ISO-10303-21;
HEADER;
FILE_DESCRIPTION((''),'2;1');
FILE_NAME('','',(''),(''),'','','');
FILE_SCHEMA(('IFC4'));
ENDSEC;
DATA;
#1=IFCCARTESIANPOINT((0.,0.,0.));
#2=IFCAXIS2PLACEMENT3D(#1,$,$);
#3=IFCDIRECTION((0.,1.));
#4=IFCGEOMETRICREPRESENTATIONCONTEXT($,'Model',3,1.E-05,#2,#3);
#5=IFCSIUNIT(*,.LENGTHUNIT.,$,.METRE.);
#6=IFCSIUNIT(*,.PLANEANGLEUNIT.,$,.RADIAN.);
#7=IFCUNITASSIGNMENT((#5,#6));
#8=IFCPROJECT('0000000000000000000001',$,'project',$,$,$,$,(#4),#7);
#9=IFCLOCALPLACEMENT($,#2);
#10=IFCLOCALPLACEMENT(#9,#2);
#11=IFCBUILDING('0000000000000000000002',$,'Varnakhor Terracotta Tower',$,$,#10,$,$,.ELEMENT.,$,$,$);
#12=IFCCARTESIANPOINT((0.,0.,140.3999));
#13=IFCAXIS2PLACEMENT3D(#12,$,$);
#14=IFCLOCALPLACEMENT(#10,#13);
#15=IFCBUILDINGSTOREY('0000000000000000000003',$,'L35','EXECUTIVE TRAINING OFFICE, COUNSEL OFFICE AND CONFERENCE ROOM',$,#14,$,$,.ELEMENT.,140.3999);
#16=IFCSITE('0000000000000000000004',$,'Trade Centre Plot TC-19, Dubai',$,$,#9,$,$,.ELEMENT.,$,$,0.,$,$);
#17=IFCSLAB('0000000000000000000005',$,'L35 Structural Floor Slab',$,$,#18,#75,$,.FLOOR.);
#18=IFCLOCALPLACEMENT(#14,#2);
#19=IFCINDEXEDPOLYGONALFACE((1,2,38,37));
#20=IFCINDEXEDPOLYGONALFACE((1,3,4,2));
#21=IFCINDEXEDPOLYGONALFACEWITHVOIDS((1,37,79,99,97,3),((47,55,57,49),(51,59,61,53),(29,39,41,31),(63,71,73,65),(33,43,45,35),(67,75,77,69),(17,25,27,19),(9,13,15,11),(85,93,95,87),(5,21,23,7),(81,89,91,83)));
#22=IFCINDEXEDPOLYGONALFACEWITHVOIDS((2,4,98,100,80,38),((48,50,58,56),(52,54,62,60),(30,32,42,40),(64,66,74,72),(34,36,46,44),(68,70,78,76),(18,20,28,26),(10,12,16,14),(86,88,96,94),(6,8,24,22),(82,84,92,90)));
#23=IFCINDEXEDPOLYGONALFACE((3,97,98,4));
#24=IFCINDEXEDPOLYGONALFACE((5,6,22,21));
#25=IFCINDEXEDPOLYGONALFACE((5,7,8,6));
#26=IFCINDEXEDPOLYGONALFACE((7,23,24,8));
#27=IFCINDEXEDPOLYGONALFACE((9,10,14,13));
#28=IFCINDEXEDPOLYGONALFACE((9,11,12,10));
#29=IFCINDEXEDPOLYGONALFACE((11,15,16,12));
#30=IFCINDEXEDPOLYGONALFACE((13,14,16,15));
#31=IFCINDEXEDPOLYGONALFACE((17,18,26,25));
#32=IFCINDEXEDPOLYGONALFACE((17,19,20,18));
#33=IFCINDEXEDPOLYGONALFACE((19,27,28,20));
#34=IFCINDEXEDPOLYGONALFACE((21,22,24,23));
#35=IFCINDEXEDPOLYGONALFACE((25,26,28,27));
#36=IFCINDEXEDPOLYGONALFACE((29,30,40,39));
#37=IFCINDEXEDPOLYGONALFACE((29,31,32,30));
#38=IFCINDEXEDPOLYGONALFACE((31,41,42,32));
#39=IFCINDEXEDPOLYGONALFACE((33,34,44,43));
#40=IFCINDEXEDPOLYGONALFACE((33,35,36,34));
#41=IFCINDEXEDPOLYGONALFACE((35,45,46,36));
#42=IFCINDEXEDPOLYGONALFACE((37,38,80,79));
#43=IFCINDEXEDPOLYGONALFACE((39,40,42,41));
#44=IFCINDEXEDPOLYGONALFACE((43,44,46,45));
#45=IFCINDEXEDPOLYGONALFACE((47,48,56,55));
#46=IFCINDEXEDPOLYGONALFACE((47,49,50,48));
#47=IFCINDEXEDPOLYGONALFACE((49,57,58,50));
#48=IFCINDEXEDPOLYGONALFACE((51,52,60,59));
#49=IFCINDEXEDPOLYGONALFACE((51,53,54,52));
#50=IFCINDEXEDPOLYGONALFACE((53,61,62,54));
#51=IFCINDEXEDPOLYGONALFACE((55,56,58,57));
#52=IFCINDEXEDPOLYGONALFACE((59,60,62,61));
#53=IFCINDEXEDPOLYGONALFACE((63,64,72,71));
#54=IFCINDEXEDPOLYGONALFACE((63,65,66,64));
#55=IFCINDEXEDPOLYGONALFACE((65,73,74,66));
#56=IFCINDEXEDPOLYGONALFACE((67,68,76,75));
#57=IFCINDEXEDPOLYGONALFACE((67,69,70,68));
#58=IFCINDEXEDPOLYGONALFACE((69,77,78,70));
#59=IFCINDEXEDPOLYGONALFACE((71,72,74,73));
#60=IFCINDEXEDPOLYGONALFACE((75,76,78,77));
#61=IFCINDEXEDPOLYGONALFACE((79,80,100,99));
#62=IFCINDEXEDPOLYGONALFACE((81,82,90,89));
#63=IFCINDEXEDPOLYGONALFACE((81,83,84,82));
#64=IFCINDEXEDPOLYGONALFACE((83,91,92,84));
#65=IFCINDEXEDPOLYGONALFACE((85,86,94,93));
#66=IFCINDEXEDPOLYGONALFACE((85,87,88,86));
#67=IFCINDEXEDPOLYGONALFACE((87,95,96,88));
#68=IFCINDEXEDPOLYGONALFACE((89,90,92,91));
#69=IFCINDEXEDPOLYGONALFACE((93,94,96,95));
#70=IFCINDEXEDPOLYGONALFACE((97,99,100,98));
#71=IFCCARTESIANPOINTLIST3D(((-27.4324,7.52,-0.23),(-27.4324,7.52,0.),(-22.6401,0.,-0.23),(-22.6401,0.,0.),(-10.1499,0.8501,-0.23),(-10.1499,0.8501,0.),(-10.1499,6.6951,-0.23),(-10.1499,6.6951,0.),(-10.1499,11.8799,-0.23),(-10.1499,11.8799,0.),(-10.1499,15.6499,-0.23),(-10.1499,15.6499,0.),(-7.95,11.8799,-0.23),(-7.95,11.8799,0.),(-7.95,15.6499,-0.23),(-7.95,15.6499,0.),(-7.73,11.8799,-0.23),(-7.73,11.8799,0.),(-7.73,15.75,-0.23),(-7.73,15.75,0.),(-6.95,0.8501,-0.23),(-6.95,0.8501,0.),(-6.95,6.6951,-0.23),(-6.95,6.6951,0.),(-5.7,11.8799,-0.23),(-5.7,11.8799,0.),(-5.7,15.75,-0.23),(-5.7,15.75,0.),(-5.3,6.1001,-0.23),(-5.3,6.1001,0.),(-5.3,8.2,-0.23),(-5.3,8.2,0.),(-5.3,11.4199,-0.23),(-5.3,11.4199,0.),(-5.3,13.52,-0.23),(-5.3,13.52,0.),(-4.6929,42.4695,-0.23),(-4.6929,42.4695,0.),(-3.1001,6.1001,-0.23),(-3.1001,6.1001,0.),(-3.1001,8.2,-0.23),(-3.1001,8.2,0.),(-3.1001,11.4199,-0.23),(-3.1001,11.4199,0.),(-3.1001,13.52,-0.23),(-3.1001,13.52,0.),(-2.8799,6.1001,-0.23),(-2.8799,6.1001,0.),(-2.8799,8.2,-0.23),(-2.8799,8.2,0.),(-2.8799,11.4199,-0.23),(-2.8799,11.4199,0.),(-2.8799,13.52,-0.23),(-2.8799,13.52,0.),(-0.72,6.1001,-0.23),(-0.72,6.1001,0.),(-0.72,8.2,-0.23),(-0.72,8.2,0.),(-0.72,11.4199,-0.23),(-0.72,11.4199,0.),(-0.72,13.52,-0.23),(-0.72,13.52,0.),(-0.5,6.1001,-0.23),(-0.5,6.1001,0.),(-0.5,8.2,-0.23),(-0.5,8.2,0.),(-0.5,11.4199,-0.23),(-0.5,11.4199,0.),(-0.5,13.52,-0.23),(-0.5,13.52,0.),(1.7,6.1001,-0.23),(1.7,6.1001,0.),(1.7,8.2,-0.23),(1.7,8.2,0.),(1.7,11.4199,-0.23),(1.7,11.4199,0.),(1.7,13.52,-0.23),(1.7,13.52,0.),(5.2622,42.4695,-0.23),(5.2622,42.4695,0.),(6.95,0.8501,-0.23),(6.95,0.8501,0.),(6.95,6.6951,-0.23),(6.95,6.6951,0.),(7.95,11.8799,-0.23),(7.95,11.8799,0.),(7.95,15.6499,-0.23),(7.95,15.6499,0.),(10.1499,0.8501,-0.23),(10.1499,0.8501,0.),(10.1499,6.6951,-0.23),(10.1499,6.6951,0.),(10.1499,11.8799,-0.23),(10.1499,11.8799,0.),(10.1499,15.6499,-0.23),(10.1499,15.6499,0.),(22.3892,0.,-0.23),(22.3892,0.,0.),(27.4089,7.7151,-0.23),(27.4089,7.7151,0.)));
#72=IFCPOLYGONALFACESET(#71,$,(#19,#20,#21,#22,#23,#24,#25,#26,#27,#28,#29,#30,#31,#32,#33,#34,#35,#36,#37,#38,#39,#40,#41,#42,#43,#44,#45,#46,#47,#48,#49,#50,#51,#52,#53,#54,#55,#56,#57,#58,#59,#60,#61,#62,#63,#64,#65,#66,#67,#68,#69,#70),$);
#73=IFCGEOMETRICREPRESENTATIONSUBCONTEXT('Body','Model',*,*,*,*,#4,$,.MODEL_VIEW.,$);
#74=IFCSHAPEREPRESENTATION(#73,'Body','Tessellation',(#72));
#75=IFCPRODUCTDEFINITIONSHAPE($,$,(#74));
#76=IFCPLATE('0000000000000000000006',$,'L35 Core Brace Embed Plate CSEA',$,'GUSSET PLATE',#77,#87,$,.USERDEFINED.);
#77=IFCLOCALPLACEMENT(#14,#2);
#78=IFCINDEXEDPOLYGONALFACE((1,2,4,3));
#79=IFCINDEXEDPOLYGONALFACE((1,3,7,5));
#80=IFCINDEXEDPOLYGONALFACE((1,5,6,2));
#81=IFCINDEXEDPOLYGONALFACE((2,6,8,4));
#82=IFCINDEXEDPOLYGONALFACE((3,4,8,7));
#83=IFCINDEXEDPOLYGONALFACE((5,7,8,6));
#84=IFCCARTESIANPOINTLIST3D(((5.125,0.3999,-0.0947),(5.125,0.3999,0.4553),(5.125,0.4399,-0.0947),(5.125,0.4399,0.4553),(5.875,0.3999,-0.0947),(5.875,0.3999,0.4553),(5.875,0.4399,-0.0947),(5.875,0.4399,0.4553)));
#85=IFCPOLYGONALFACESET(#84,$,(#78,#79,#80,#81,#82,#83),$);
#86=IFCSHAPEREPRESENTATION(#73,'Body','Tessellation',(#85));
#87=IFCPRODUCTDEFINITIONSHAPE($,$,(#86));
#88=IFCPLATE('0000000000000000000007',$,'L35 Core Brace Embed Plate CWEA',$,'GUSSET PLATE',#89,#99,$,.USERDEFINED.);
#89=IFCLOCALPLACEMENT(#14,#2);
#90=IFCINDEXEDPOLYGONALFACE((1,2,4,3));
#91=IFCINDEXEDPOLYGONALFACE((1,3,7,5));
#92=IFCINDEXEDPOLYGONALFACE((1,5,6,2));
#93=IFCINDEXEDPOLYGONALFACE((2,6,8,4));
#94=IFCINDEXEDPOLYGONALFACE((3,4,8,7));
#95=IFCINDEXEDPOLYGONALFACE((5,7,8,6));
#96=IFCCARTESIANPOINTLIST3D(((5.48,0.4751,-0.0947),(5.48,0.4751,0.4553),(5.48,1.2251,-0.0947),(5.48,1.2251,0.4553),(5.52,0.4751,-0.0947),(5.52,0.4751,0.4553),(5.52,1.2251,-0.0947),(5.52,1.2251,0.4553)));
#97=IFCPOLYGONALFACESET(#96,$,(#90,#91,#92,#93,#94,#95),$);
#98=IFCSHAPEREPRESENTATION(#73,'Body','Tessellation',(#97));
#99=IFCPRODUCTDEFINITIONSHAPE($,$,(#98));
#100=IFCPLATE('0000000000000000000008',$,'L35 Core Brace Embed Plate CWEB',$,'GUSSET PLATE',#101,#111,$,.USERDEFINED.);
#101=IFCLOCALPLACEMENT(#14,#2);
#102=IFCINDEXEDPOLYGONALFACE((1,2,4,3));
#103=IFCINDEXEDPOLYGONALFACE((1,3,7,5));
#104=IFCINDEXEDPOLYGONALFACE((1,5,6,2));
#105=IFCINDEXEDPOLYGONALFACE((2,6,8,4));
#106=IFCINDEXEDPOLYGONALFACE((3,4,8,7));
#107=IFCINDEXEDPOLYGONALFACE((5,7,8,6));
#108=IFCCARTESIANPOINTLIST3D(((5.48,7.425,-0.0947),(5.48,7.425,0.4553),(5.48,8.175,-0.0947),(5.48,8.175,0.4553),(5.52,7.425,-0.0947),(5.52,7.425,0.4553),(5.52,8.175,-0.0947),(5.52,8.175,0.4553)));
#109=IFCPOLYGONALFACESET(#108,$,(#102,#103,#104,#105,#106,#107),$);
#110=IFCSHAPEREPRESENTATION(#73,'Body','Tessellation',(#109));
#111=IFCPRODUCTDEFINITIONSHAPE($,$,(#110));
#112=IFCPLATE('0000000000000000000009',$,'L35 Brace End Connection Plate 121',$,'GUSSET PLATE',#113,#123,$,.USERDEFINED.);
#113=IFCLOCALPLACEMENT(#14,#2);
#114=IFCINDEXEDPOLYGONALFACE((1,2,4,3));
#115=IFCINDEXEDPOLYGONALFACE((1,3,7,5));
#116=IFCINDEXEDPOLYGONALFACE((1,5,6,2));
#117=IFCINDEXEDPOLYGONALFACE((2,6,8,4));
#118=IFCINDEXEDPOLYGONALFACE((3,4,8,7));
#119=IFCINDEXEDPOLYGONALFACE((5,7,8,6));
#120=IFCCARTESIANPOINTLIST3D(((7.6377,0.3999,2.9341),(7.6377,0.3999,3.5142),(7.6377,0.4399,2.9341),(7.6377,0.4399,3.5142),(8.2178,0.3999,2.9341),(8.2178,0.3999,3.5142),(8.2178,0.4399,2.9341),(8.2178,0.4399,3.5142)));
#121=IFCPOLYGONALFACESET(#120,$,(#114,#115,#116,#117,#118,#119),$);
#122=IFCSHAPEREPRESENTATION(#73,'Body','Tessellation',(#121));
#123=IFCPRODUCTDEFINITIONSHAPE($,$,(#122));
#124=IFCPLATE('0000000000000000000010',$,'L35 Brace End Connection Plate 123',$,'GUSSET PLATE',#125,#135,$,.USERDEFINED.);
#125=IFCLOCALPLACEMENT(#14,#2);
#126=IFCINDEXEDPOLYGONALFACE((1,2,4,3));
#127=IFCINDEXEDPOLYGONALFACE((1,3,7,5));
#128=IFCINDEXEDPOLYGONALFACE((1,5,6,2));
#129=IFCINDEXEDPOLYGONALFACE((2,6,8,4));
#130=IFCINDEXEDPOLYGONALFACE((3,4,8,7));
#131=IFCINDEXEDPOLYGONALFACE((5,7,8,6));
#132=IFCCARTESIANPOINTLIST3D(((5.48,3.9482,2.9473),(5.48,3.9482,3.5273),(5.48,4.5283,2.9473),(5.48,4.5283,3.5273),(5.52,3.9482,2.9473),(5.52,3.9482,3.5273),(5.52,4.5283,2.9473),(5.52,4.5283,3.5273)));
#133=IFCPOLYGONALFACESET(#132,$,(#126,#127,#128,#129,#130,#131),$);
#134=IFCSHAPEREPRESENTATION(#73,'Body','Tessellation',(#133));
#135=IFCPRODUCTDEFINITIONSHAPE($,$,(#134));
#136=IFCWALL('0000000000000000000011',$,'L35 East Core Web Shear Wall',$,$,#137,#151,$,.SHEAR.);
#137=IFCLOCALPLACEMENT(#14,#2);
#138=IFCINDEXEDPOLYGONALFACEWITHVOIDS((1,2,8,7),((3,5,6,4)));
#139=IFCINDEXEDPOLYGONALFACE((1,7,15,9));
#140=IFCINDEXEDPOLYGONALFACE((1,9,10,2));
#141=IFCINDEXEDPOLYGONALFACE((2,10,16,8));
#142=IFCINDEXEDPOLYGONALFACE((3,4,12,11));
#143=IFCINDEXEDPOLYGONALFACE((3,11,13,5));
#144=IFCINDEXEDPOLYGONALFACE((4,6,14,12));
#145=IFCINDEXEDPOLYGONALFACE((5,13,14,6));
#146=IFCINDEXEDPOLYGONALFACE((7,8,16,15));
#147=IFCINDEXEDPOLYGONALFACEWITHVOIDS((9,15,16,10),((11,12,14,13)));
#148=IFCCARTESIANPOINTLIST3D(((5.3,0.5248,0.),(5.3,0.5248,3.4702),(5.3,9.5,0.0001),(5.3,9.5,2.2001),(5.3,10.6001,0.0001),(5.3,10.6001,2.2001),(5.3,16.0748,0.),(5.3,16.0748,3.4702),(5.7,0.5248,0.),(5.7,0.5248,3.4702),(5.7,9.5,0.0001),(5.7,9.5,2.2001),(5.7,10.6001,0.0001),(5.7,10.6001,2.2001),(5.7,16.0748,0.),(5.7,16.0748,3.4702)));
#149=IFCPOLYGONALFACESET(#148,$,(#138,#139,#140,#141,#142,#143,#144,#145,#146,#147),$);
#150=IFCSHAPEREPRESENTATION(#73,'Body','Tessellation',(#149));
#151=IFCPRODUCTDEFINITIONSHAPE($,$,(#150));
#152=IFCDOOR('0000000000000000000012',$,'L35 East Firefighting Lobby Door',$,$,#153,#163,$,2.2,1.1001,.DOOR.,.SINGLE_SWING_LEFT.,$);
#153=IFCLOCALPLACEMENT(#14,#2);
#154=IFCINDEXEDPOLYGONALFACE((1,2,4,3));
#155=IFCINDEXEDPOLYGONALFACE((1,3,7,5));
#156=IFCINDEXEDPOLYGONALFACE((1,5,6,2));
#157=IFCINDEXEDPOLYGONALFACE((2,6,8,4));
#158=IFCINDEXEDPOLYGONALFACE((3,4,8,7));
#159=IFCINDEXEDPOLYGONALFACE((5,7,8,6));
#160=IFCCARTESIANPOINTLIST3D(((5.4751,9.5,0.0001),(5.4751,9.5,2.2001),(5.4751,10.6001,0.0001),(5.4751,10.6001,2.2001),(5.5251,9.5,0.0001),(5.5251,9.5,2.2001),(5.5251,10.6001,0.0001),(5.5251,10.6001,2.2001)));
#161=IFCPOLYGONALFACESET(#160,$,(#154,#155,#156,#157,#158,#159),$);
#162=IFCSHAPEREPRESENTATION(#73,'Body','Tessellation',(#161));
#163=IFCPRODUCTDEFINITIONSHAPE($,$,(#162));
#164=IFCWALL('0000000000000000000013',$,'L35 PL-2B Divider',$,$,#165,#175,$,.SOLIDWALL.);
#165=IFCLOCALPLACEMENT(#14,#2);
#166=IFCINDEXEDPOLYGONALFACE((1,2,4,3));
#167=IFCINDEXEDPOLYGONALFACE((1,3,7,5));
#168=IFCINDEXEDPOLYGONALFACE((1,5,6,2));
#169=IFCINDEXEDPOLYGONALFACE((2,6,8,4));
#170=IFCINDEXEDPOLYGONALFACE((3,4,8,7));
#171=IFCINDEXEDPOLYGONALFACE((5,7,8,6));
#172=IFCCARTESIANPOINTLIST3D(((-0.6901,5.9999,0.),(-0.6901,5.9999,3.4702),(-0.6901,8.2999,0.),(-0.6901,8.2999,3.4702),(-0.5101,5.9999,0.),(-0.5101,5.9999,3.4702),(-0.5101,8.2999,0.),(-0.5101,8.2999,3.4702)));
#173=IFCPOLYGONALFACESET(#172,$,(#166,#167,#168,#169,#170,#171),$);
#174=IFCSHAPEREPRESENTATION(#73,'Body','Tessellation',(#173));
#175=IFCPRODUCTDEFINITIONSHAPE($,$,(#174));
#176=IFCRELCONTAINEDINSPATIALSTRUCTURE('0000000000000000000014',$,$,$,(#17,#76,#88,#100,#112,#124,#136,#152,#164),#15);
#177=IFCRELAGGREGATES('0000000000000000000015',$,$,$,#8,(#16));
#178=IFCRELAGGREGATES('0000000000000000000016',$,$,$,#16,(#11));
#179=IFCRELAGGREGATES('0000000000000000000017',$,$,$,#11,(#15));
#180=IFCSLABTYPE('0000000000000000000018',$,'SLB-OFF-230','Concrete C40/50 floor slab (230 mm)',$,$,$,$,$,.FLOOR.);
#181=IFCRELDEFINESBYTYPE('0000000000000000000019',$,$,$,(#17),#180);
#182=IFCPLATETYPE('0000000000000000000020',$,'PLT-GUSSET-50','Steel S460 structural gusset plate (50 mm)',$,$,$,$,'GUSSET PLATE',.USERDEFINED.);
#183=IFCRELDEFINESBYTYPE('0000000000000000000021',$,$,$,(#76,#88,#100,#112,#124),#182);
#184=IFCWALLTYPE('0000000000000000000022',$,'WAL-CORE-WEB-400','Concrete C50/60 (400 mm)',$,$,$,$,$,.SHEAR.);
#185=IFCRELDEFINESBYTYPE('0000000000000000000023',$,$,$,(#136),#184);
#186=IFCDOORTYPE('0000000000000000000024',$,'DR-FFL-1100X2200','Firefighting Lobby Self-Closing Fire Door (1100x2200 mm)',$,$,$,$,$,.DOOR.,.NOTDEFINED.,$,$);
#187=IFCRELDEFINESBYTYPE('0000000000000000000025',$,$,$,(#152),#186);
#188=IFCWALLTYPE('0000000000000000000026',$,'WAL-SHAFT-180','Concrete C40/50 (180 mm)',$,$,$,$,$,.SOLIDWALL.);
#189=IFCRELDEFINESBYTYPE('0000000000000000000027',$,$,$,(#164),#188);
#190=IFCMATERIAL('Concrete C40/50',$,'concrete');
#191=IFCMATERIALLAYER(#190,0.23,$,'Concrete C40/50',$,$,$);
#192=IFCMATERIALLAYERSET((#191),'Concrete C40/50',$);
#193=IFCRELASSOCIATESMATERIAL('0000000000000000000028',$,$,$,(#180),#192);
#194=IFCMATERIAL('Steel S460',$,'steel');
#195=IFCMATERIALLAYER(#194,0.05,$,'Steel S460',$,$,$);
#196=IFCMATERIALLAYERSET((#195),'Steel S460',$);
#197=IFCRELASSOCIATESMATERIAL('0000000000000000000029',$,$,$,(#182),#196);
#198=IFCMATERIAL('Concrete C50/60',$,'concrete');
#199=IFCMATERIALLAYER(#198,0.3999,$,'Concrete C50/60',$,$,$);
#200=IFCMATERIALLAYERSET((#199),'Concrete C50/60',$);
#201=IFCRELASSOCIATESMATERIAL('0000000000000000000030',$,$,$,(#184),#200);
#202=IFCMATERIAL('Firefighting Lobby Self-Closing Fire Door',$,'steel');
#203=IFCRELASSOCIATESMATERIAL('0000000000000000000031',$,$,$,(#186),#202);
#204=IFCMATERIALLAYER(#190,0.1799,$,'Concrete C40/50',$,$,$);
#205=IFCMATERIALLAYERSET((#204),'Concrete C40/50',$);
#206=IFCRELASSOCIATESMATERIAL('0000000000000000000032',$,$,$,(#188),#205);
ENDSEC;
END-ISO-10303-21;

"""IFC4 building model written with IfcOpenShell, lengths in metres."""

from ifc_helpers import new_model, si_unit, direction, frame, frame_2d, origin, origin_2d, place, context, subcontext, project, spatial, polyline, rectangle, outline, extrude, source, transform, mapped, material, layer, layer_set, type_object, type_shapes, element, fill, save


model = new_model("IFC4")

# Units and contexts
model_context = context("Model", 3, precision=1e-05, world=origin(), true_north=direction((0.0, 1.0)))
body_context = subcontext(model_context, "Body", "Model", "MODEL_VIEW")
ifc_project = project(units=[si_unit("LENGTHUNIT", "METRE"), si_unit("PLANEANGLEUNIT", "RADIAN")], contexts=[model_context])

# Site, building, storey
site_placement = place(None, origin())
site = spatial("IfcSite", under=ifc_project, at=site_placement, Name="Trade Centre Plot TC-19, Dubai", CompositionType="ELEMENT", RefElevation=0.0)
building_placement = place(site_placement, origin())
building = spatial("IfcBuilding", under=site, at=building_placement, Name="Varnakhor Terracotta Tower", CompositionType="ELEMENT")
storey_placement = place(building_placement, frame((0.0, 0.0, 140.3999)))
storey = spatial("IfcBuildingStorey", under=building, at=storey_placement, Name="L35", Description="EXECUTIVE TRAINING OFFICE, COUNSEL OFFICE AND CONFERENCE ROOM", CompositionType="ELEMENT", Elevation=140.3999)

# Shared definitions
ifc_material_1 = material(Name="Concrete C50/60", Category="concrete")

# Shared definitions
ifc_material_2 = material(Name="Steel S460", Category="steel")

# Shared definitions
ifc_material_3 = material(Name="Concrete C40/50", Category="concrete")

# Slab
ifc_layer_1 = layer(ifc_material_3, 0.23, Name="Concrete C40/50")
ifc_layer_set_1 = layer_set([ifc_layer_1], Name="Concrete C40/50")
slab_type_1 = type_object("IfcSlabType", Name="SLB-OFF-230", Description="Concrete C40/50 floor slab (230 mm)", PredefinedType="FLOOR", material=ifc_layer_set_1)
slab_1_placement = place(storey_placement, frame((0.0, 0.0, -0.23)))
element("IfcSlab", 1, at=slab_1_placement, inside=storey, type_object=slab_type_1, Name="L35 Structural Floor Slab", PredefinedType="FLOOR", context=body_context, shape_type="SweptSolid", body=[
    extrude(outline(polyline([(-27.4324, 7.52), (-4.6929, 42.4695), (5.2622, 42.4695), (27.4089, 7.7151), (22.3892, 0.0), (-22.6401, 0.0), (-27.4324, 7.52)]), holes=[polyline([(-6.95, 0.8501), (-6.95, 6.6951), (-10.1499, 6.6951), (-10.1499, 0.8501), (-6.95, 0.8501)]), polyline([(-3.1001, 6.1001), (-3.1001, 8.2), (-5.3, 8.2), (-5.3, 6.1001), (-3.1001, 6.1001)]), polyline([(-0.72, 6.1001), (-0.72, 8.2), (-2.8799, 8.2), (-2.8799, 6.1001), (-0.72, 6.1001)]), polyline([(-5.3, 11.4199), (-3.1001, 11.4199), (-3.1001, 13.52), (-5.3, 13.52), (-5.3, 11.4199)]), polyline([(-10.1499, 11.8799), (-7.95, 11.8799), (-7.95, 15.6499), (-10.1499, 15.6499), (-10.1499, 11.8799)]), polyline([(-5.7, 11.8799), (-5.7, 15.75), (-7.73, 15.75), (-7.73, 11.8799), (-5.7, 11.8799)]), polyline([(6.95, 0.8501), (10.1499, 0.8501), (10.1499, 6.6951), (6.95, 6.6951), (6.95, 0.8501)]), polyline([(-0.5, 6.1001), (1.7, 6.1001), (1.7, 8.2), (-0.5, 8.2), (-0.5, 6.1001)]), polyline([(-0.72, 11.4199), (-0.72, 13.52), (-2.8799, 13.52), (-2.8799, 11.4199), (-0.72, 11.4199)]), polyline([(-0.5, 11.4199), (1.7, 11.4199), (1.7, 13.52), (-0.5, 13.52), (-0.5, 11.4199)]), polyline([(7.95, 11.8799), (10.1499, 11.8799), (10.1499, 15.6499), (7.95, 15.6499), (7.95, 11.8799)])]), origin(), (0.0, 0.0, 1.0), 0.23),
])

# Plates
ifc_layer_2 = layer(ifc_material_2, 0.05, Name="Steel S460")
ifc_layer_set_2 = layer_set([ifc_layer_2], Name="Steel S460")
plate_type = type_object("IfcPlateType", Name="PLT-GUSSET-50", Description="Steel S460 structural gusset plate (50 mm)", ElementType="GUSSET PLATE", PredefinedType="USERDEFINED", material=ifc_layer_set_2)
shared_shape_1 = source(origin(), body_context, "Body", "SweptSolid", [
    extrude(rectangle(XDim=0.75, YDim=0.04, at=origin_2d()), origin(), (0.0, 0.0, 1.0), 0.55),
])
type_shapes(plate_type, [shared_shape_1])
for number, where, z_axis, x_axis, name in (
    (2, (5.5, 0.4199, -0.0947), (0.0, 0.0, 1.0), (1.0, 0.0, 0.0), "L35 Core Brace Embed Plate CSEA"),
    (3, (5.5, 0.8501, -0.0947), (0.0, 0.0, 1.0), (0.0, 1.0, 0.0), "L35 Core Brace Embed Plate CWEA"),
    (4, (5.5, 7.8, -0.0947), (0.0, 0.0, 1.0), (0.0, 1.0, 0.0), "L35 Core Brace Embed Plate CWEB"),
):
    element("IfcPlate", number, at=place(storey_placement, frame(where, z_axis=z_axis, x_axis=x_axis)), inside=storey, type_object=plate_type, Name=name, ObjectType="GUSSET PLATE", PredefinedType="USERDEFINED", context=body_context, shape_type="MappedRepresentation", body=[
        mapped(shared_shape_1, transform((0.0, 0.0, 0.0), scale=1.0)),
    ])
shared_shape_2 = source(origin(), body_context, "Body", "SweptSolid", [
    extrude(rectangle(XDim=0.5801, YDim=0.04, at=origin_2d()), origin(), (0.0, 0.0, 1.0), 0.5801),
])
for number, where, z_axis, x_axis, name in (
    (5, (7.9277, 0.4199, 2.9341), (0.0, 0.0, 1.0), (1.0, 0.0, 0.0), "L35 Brace End Connection Plate 121"),
    (6, (5.5, 4.2383, 2.9473), (0.0, 0.0, 1.0), (0.0, 1.0, 0.0), "L35 Brace End Connection Plate 123"),
):
    element("IfcPlate", number, at=place(storey_placement, frame(where, z_axis=z_axis, x_axis=x_axis)), inside=storey, type_object=plate_type, Name=name, ObjectType="GUSSET PLATE", PredefinedType="USERDEFINED", context=body_context, shape_type="MappedRepresentation", body=[
        mapped(shared_shape_2, transform((0.0, 0.0, 0.0), scale=1.0)),
    ])

# Wall, opening, door
ifc_layer_3 = layer(ifc_material_1, 0.3999, Name="Concrete C50/60")
ifc_layer_set_3 = layer_set([ifc_layer_3], Name="Concrete C50/60")
wall_type_1 = type_object("IfcWallType", Name="WAL-CORE-WEB-400", Description="Concrete C50/60 (400 mm)", PredefinedType="SHEAR", material=ifc_layer_set_3)
wall_1_placement = place(storey_placement, frame((5.5, 0.5249, 0.0), z_axis=(0.0, 0.0, 1.0), x_axis=(0.0, 1.0, 0.0)))
wall_1 = element("IfcWall", 7, at=wall_1_placement, inside=storey, type_object=wall_type_1, Name="L35 East Core Web Shear Wall", PredefinedType="SHEAR", context=body_context, shape_type="SweptSolid", body=[
    extrude(rectangle(XDim=15.55, YDim=0.3999, at=frame_2d((7.7749, 0.0))), origin(), (0.0, 0.0, 1.0), 3.4702),
])
opening_1_placement = place(wall_1_placement, frame((8.9751, 0.0, 0.0)))
opening_1 = element("IfcOpeningElement", 8, at=opening_1_placement, cuts=wall_1, PredefinedType="OPENING", context=body_context, shape_type="SweptSolid", body=[
    extrude(rectangle(XDim=1.1001, YDim=2.2, at=frame_2d((0.55, 1.1001))), frame((0.0, 0.21, 0.0), z_axis=(0.0, -1.0, 0.0), x_axis=(1.0, 0.0, 0.0)), (0.0, 0.0, 1.0), 0.4199),
])
ifc_material_4 = material(Name="Firefighting Lobby Self-Closing Fire Door", Category="steel")
door_type_1 = type_object("IfcDoorType", Name="DR-FFL-1100X2200", Description="Firefighting Lobby Self-Closing Fire Door (1100x2200 mm)", OperationType="NOTDEFINED", PredefinedType="DOOR", material=ifc_material_4)
shared_shape_3 = source(origin(), body_context, "Body", "SweptSolid", [
    extrude(rectangle(XDim=1.1001, YDim=2.2, at=frame_2d((0.55, 1.1001))), frame((0.0, 0.0249, 0.0), z_axis=(0.0, -1.0, 0.0), x_axis=(1.0, 0.0, 0.0)), (0.0, 0.0, 1.0), 0.05),
])
type_shapes(door_type_1, [shared_shape_3])
door_1_placement = place(opening_1_placement, origin())
door_1 = element("IfcDoor", 9, at=door_1_placement, inside=storey, type_object=door_type_1, Name="L35 East Firefighting Lobby Door", OperationType="SINGLE_SWING_LEFT", OverallHeight=2.2, OverallWidth=1.1001, PredefinedType="DOOR", context=body_context, shape_type="MappedRepresentation", body=[
    mapped(shared_shape_3, transform((0.0, 0.0, 0.0), scale=1.0)),
])
fill(opening_1, door_1)

# Wall
ifc_layer_4 = layer(ifc_material_3, 0.1799, Name="Concrete C40/50")
ifc_layer_set_4 = layer_set([ifc_layer_4], Name="Concrete C40/50")
wall_type_2 = type_object("IfcWallType", Name="WAL-SHAFT-180", Description="Concrete C40/50 (180 mm)", PredefinedType="SOLIDWALL", material=ifc_layer_set_4)
wall_2_placement = place(storey_placement, frame((-0.6001, 6.0, 0.0), z_axis=(0.0, 0.0, 1.0), x_axis=(0.0, 1.0, 0.0)))
element("IfcWall", 10, at=wall_2_placement, inside=storey, type_object=wall_type_2, Name="L35 PL-2B Divider", PredefinedType="SOLIDWALL", context=body_context, shape_type="SweptSolid", body=[
    extrude(rectangle(XDim=2.3, YDim=0.1799, at=frame_2d((1.1499, 0.0))), origin(), (0.0, 0.0, 1.0), 3.4702),
])

save(model, "model.ifc")
